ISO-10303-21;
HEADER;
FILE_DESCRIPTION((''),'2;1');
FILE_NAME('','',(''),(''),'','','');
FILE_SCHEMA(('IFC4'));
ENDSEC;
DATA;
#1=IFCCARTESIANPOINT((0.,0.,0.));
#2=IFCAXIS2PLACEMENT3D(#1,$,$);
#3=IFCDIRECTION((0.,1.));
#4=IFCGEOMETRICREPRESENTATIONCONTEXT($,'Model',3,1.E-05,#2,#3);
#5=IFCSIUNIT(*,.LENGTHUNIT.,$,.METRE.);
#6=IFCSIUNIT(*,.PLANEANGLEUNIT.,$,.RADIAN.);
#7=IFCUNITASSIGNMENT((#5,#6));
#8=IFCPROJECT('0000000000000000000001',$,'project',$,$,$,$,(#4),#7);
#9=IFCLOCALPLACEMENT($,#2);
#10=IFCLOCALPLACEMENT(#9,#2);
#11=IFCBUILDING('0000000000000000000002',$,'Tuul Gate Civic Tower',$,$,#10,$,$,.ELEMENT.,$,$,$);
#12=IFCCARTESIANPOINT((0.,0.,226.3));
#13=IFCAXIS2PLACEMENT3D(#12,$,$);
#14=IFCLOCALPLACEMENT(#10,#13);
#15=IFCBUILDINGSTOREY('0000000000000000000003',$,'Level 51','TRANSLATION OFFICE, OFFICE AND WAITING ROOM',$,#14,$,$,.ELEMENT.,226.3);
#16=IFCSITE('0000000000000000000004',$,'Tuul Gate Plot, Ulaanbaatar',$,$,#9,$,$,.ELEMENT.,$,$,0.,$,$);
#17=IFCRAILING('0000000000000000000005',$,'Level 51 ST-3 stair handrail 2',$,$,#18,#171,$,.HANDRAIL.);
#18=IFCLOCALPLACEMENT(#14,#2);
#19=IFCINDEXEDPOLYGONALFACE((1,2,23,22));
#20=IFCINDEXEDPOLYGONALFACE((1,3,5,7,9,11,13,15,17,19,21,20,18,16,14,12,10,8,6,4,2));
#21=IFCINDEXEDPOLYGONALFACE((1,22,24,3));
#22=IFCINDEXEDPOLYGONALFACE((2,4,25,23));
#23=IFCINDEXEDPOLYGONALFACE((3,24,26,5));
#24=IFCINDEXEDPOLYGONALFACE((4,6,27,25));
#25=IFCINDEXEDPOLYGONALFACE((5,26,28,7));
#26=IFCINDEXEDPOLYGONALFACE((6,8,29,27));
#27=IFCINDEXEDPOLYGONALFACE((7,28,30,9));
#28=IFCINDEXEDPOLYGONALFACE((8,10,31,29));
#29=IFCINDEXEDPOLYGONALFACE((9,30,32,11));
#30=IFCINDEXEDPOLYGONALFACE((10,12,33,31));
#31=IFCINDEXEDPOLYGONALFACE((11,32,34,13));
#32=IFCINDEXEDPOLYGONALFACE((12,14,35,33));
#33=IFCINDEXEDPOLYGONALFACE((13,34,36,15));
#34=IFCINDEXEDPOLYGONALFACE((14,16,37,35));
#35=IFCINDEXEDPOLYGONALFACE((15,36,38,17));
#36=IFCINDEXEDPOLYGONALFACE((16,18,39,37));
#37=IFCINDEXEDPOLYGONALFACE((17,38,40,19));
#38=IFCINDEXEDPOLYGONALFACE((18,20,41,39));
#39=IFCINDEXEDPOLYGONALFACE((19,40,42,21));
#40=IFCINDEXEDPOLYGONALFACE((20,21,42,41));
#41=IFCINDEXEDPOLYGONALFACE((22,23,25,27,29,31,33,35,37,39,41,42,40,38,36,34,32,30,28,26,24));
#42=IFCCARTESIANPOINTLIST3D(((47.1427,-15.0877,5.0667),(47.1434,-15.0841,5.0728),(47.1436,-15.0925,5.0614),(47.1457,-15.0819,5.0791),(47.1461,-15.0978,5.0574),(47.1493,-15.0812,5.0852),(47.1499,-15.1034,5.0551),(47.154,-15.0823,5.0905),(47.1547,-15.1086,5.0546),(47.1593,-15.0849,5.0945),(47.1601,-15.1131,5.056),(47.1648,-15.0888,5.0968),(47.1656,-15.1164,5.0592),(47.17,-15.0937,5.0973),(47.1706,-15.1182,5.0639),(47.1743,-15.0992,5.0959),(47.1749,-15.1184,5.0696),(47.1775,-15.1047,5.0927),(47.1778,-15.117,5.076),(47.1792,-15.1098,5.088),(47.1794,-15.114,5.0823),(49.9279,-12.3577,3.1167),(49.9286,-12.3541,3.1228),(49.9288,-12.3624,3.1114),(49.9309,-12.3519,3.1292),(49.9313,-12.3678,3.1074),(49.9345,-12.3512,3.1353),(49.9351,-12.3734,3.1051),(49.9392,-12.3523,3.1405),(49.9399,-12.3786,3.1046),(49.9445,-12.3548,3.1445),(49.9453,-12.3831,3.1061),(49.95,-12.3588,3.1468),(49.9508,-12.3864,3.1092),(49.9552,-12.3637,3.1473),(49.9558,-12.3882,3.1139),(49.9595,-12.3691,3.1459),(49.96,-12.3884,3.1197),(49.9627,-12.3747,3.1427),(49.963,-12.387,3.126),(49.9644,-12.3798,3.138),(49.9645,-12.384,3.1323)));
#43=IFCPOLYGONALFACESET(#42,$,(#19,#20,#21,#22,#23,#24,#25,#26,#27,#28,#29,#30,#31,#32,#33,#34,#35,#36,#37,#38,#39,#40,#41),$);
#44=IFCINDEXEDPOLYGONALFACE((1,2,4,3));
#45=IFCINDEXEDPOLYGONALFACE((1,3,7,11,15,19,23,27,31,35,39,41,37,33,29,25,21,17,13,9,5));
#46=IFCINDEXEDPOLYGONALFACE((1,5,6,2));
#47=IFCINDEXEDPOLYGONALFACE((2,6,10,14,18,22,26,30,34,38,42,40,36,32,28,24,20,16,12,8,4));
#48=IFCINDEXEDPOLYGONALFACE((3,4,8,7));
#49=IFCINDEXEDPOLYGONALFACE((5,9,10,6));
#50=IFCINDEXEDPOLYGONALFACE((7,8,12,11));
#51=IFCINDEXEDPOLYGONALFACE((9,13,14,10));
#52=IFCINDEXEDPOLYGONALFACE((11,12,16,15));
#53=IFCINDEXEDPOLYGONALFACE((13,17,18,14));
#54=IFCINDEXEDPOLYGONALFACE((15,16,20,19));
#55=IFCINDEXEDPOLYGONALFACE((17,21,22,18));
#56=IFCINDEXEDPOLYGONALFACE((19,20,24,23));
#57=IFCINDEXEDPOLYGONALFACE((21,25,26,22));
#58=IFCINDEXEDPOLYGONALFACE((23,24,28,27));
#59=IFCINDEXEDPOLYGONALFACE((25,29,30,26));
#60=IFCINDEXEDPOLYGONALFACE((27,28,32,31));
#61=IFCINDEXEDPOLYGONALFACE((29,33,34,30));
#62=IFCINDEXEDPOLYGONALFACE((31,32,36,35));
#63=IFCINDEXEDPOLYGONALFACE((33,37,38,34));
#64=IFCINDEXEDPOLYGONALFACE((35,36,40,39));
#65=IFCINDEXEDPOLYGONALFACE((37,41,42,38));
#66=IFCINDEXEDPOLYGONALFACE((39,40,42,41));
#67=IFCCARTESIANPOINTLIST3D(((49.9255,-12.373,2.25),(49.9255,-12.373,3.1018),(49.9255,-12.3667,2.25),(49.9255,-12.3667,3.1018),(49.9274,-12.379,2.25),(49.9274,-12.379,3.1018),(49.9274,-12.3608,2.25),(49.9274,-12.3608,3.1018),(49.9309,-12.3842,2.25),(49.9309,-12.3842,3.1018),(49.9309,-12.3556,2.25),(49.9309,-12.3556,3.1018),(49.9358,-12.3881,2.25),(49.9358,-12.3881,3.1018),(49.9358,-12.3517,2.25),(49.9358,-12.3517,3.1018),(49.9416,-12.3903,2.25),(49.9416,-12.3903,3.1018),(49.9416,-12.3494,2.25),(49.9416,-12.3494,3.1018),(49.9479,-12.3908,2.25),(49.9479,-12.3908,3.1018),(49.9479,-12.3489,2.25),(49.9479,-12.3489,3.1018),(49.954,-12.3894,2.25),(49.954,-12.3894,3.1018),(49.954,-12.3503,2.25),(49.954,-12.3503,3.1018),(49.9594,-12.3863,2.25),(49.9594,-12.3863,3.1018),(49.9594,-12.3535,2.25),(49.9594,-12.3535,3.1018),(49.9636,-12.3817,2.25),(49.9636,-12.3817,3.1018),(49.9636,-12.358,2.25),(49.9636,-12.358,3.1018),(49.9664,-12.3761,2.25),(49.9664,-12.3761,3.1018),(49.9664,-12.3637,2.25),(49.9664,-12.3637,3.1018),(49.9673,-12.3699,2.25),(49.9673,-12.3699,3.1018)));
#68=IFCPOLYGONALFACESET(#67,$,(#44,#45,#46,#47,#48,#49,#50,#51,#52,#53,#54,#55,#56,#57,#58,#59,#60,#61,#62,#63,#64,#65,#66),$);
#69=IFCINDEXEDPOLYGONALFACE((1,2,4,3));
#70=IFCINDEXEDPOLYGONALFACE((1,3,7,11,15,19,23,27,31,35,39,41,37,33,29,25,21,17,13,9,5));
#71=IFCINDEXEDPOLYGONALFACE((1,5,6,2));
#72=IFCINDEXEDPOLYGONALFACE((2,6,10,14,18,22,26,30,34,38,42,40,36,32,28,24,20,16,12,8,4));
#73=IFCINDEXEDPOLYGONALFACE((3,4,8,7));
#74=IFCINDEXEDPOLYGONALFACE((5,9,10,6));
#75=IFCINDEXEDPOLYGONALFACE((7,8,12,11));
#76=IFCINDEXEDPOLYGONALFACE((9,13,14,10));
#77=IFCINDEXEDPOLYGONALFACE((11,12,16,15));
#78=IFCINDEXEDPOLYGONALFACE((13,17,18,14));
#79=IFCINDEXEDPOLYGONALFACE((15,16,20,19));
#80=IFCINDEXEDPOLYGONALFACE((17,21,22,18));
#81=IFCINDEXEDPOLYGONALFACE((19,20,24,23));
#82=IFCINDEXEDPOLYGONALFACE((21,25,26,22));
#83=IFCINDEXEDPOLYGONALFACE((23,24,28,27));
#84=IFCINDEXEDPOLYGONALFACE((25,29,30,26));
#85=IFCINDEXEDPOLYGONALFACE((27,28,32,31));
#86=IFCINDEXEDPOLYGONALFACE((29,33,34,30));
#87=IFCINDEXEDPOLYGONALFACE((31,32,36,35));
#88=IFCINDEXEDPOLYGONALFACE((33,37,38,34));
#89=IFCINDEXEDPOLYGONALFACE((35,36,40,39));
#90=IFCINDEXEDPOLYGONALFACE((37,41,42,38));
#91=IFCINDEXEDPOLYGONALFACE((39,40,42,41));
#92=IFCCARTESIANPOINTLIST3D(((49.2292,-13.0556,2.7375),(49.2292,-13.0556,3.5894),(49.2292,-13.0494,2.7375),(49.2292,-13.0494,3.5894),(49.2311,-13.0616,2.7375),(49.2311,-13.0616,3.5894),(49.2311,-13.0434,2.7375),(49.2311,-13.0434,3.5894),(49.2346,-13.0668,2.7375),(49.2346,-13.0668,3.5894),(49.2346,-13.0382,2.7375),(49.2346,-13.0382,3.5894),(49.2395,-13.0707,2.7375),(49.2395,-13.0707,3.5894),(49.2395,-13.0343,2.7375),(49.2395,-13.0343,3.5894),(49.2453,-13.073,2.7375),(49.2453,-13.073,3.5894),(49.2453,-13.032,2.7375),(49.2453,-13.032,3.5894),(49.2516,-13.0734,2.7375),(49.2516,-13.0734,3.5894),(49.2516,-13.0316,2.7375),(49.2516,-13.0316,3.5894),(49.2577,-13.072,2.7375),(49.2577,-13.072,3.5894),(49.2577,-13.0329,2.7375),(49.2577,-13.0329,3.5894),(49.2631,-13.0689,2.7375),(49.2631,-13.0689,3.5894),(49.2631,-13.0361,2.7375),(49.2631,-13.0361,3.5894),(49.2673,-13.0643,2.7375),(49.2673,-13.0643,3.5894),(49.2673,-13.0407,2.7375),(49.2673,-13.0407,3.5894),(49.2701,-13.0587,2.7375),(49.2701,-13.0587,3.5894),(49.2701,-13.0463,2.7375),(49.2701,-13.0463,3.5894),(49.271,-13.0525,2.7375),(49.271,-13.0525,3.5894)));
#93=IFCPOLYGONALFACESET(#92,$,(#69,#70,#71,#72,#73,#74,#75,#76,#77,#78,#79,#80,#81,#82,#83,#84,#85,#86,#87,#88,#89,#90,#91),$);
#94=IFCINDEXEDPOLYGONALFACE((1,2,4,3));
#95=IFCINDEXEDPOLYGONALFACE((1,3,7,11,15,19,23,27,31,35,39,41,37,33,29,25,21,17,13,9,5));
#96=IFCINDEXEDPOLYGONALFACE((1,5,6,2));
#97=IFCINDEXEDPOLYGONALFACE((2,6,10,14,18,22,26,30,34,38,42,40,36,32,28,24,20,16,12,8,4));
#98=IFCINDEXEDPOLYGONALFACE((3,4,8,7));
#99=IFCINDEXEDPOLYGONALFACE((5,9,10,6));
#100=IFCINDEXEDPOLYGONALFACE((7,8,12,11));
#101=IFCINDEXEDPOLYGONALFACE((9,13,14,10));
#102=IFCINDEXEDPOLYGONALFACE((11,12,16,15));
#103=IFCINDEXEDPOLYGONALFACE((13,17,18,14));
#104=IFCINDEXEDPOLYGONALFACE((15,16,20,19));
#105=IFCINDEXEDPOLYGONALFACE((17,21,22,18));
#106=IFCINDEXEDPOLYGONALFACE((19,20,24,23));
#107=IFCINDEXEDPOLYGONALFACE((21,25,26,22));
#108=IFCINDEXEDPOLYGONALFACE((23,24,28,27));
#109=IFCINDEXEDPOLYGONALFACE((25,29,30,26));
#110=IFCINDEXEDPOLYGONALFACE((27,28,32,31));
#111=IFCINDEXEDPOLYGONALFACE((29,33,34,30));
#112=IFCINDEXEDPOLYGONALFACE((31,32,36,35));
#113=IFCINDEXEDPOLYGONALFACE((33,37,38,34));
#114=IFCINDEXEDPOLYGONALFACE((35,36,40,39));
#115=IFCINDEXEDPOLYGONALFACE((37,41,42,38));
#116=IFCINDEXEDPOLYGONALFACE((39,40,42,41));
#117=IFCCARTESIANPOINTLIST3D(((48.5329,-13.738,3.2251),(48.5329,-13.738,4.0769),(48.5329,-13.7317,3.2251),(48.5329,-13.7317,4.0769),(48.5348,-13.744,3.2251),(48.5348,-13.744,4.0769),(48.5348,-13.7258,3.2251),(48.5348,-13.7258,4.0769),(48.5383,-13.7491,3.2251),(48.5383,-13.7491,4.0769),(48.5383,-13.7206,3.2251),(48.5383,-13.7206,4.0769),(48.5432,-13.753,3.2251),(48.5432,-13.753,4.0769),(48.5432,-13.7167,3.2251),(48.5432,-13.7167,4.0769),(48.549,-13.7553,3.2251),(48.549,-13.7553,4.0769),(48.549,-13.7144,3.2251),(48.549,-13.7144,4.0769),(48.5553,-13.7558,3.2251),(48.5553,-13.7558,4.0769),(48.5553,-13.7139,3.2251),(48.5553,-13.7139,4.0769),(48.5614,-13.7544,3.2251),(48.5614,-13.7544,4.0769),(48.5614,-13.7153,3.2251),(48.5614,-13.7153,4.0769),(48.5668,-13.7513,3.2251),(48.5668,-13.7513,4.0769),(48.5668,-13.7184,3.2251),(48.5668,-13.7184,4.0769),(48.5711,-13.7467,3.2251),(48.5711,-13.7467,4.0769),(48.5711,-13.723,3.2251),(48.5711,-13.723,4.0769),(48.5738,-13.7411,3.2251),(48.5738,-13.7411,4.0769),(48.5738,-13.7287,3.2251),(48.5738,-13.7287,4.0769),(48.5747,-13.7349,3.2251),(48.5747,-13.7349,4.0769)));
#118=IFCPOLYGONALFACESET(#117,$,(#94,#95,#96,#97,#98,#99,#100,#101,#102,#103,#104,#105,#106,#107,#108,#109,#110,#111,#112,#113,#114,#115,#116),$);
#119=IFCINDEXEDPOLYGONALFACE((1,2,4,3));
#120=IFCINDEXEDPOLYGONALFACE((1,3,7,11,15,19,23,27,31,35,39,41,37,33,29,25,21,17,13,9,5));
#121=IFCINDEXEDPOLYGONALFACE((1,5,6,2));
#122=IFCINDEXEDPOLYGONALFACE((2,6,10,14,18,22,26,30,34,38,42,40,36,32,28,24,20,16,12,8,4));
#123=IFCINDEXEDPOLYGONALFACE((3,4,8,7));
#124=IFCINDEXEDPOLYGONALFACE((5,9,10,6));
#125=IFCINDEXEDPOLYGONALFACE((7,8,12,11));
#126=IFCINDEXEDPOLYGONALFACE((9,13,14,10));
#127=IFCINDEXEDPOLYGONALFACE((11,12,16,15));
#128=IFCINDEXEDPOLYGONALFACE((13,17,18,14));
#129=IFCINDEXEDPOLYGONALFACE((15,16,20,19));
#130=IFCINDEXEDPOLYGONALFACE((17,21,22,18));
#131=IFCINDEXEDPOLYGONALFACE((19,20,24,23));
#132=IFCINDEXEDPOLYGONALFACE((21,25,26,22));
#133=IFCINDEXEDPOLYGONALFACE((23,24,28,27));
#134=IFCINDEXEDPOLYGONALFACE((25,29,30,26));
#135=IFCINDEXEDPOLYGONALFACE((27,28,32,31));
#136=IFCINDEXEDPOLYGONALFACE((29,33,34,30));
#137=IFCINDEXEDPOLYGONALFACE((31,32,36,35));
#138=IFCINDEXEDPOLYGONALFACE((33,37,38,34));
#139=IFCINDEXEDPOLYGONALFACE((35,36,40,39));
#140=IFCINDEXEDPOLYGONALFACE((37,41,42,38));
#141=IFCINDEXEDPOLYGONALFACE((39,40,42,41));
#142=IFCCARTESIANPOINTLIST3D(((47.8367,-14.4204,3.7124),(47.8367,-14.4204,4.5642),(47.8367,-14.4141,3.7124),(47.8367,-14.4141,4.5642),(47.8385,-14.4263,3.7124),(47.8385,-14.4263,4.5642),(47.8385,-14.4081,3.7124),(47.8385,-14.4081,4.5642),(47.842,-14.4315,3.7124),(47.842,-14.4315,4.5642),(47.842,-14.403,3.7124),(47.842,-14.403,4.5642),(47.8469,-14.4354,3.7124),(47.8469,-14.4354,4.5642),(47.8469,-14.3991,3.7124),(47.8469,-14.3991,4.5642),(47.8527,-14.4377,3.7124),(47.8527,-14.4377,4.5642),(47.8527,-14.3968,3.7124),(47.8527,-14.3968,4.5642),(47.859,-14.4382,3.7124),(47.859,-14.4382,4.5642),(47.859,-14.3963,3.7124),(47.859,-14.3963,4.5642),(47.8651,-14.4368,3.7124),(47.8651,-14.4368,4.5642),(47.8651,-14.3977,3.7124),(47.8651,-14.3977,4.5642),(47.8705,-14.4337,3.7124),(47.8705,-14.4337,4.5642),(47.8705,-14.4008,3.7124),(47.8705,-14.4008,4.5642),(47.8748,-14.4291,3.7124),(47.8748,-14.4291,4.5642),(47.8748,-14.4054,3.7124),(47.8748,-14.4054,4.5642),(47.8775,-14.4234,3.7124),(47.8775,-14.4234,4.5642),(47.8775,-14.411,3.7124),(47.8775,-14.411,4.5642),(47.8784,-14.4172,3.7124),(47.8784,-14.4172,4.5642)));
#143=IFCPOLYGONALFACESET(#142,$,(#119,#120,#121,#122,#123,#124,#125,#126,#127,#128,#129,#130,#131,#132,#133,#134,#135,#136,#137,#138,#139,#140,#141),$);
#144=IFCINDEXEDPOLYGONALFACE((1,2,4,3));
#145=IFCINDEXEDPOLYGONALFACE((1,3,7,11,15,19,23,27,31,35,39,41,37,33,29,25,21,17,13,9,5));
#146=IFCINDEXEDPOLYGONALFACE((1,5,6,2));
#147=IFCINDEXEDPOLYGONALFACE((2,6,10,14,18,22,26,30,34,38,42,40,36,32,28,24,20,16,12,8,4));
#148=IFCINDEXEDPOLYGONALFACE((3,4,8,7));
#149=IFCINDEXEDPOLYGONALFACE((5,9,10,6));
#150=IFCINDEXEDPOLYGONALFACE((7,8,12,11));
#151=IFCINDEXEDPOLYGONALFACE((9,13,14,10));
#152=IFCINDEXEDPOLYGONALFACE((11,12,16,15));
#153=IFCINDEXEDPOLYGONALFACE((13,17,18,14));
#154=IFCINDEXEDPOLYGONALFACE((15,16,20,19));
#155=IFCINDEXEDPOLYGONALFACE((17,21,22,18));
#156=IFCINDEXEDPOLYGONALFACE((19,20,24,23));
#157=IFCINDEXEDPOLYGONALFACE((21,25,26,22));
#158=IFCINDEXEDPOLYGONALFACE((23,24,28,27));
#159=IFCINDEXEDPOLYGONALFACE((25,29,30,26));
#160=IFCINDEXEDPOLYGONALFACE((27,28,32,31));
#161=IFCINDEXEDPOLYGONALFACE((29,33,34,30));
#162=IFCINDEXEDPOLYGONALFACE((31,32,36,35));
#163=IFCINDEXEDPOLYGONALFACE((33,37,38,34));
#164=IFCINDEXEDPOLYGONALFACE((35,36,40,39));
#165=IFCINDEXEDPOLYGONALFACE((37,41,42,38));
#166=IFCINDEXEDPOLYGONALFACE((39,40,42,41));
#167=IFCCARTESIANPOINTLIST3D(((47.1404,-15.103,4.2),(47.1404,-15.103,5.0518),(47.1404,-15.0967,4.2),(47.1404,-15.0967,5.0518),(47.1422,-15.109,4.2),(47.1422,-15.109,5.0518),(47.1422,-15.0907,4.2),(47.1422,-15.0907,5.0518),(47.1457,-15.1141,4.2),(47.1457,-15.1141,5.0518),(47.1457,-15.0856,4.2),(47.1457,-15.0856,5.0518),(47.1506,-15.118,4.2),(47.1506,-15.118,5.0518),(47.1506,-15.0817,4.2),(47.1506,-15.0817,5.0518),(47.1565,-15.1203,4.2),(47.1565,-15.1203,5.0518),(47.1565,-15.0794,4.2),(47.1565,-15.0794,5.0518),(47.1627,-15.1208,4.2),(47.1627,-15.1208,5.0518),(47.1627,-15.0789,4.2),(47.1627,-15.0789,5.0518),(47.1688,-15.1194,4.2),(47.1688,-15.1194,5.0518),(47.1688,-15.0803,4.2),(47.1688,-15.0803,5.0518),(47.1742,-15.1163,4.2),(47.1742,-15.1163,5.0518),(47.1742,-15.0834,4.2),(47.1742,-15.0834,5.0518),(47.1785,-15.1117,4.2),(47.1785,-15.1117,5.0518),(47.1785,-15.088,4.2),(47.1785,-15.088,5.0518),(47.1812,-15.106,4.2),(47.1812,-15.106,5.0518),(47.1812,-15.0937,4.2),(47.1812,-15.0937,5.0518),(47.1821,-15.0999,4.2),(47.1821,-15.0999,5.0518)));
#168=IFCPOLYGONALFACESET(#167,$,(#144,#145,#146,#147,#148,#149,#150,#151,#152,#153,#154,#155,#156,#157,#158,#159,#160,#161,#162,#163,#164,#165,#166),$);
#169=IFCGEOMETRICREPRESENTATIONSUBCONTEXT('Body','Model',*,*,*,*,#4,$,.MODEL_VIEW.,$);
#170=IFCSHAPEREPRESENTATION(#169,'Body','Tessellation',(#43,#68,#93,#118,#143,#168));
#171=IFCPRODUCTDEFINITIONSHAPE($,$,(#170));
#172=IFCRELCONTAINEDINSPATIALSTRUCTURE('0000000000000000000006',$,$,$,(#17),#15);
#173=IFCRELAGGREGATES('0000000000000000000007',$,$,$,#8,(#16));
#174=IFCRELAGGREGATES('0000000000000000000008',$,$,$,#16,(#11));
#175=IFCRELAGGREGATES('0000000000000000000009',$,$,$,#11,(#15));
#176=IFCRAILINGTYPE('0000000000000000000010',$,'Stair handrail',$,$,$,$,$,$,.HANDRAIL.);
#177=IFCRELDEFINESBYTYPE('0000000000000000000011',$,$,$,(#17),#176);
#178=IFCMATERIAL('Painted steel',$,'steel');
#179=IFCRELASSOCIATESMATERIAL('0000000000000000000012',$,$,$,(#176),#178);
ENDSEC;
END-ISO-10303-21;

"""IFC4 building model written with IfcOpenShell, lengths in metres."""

from ifc_helpers import new_model, si_unit, direction, frame, origin, origin_2d, place, context, subcontext, project, spatial, circle, extrude, material, type_object, element, save


model = new_model("IFC4")

# Units and contexts
model_context = context("Model", 3, precision=1e-05, world=origin(), true_north=direction((0.0, 1.0)))
body_context = subcontext(model_context, "Body", "Model", "MODEL_VIEW")
ifc_project = project(units=[si_unit("LENGTHUNIT", "METRE"), si_unit("PLANEANGLEUNIT", "RADIAN")], contexts=[model_context])

# Site, building, storey
site_placement = place(None, origin())
site = spatial("IfcSite", under=ifc_project, at=site_placement, Name="Tuul Gate Plot, Ulaanbaatar", CompositionType="ELEMENT", RefElevation=0.0)
building_placement = place(site_placement, origin())
building = spatial("IfcBuilding", under=site, at=building_placement, Name="Tuul Gate Civic Tower", CompositionType="ELEMENT")
storey_placement = place(building_placement, frame((0.0, 0.0, 226.3)))
storey = spatial("IfcBuildingStorey", under=building, at=storey_placement, Name="Level 51", Description="TRANSLATION OFFICE, OFFICE AND WAITING ROOM", CompositionType="ELEMENT", Elevation=226.3)

# Railing
ifc_material_1 = material(Name="Painted steel", Category="steel")
railing_type = type_object("IfcRailingType", Name="Stair handrail", PredefinedType="HANDRAIL", material=ifc_material_1)
railing_placement = place(storey_placement, frame((49.9463, -12.3699, 2.25)))
element("IfcRailing", 1, at=railing_placement, inside=storey, type_object=railing_type, Name="Level 51 ST-3 stair handrail 2", PredefinedType="HANDRAIL", context=body_context, shape_type="SweptSolid", body=[
    extrude(circle(Radius=0.0239, at=origin_2d()), frame((0.0, 0.0, 0.876), z_axis=(-0.638754, -0.6261, 0.447206), x_axis=(0.699998, -0.714145, 0.0)), (0.0, 0.0, 1.0), 4.3604),
    extrude(circle(Radius=0.021, at=origin_2d()), origin(), (0.0, 0.0, 1.0), 0.8518),
    extrude(circle(Radius=0.021, at=origin_2d()), frame((-0.6963, -0.6826, 0.4875)), (0.0, 0.0, 1.0), 0.8518),
    extrude(circle(Radius=0.021, at=origin_2d()), frame((-1.3926, -1.365, 0.9751)), (0.0, 0.0, 1.0), 0.8518),
    extrude(circle(Radius=0.021, at=origin_2d()), frame((-2.0889, -2.0474, 1.4624)), (0.0, 0.0, 1.0), 0.8518),
    extrude(circle(Radius=0.021, at=origin_2d()), frame((-2.7852, -2.73, 1.95)), (0.0, 0.0, 1.0), 0.8518),
])

save(model, "model.ifc")
